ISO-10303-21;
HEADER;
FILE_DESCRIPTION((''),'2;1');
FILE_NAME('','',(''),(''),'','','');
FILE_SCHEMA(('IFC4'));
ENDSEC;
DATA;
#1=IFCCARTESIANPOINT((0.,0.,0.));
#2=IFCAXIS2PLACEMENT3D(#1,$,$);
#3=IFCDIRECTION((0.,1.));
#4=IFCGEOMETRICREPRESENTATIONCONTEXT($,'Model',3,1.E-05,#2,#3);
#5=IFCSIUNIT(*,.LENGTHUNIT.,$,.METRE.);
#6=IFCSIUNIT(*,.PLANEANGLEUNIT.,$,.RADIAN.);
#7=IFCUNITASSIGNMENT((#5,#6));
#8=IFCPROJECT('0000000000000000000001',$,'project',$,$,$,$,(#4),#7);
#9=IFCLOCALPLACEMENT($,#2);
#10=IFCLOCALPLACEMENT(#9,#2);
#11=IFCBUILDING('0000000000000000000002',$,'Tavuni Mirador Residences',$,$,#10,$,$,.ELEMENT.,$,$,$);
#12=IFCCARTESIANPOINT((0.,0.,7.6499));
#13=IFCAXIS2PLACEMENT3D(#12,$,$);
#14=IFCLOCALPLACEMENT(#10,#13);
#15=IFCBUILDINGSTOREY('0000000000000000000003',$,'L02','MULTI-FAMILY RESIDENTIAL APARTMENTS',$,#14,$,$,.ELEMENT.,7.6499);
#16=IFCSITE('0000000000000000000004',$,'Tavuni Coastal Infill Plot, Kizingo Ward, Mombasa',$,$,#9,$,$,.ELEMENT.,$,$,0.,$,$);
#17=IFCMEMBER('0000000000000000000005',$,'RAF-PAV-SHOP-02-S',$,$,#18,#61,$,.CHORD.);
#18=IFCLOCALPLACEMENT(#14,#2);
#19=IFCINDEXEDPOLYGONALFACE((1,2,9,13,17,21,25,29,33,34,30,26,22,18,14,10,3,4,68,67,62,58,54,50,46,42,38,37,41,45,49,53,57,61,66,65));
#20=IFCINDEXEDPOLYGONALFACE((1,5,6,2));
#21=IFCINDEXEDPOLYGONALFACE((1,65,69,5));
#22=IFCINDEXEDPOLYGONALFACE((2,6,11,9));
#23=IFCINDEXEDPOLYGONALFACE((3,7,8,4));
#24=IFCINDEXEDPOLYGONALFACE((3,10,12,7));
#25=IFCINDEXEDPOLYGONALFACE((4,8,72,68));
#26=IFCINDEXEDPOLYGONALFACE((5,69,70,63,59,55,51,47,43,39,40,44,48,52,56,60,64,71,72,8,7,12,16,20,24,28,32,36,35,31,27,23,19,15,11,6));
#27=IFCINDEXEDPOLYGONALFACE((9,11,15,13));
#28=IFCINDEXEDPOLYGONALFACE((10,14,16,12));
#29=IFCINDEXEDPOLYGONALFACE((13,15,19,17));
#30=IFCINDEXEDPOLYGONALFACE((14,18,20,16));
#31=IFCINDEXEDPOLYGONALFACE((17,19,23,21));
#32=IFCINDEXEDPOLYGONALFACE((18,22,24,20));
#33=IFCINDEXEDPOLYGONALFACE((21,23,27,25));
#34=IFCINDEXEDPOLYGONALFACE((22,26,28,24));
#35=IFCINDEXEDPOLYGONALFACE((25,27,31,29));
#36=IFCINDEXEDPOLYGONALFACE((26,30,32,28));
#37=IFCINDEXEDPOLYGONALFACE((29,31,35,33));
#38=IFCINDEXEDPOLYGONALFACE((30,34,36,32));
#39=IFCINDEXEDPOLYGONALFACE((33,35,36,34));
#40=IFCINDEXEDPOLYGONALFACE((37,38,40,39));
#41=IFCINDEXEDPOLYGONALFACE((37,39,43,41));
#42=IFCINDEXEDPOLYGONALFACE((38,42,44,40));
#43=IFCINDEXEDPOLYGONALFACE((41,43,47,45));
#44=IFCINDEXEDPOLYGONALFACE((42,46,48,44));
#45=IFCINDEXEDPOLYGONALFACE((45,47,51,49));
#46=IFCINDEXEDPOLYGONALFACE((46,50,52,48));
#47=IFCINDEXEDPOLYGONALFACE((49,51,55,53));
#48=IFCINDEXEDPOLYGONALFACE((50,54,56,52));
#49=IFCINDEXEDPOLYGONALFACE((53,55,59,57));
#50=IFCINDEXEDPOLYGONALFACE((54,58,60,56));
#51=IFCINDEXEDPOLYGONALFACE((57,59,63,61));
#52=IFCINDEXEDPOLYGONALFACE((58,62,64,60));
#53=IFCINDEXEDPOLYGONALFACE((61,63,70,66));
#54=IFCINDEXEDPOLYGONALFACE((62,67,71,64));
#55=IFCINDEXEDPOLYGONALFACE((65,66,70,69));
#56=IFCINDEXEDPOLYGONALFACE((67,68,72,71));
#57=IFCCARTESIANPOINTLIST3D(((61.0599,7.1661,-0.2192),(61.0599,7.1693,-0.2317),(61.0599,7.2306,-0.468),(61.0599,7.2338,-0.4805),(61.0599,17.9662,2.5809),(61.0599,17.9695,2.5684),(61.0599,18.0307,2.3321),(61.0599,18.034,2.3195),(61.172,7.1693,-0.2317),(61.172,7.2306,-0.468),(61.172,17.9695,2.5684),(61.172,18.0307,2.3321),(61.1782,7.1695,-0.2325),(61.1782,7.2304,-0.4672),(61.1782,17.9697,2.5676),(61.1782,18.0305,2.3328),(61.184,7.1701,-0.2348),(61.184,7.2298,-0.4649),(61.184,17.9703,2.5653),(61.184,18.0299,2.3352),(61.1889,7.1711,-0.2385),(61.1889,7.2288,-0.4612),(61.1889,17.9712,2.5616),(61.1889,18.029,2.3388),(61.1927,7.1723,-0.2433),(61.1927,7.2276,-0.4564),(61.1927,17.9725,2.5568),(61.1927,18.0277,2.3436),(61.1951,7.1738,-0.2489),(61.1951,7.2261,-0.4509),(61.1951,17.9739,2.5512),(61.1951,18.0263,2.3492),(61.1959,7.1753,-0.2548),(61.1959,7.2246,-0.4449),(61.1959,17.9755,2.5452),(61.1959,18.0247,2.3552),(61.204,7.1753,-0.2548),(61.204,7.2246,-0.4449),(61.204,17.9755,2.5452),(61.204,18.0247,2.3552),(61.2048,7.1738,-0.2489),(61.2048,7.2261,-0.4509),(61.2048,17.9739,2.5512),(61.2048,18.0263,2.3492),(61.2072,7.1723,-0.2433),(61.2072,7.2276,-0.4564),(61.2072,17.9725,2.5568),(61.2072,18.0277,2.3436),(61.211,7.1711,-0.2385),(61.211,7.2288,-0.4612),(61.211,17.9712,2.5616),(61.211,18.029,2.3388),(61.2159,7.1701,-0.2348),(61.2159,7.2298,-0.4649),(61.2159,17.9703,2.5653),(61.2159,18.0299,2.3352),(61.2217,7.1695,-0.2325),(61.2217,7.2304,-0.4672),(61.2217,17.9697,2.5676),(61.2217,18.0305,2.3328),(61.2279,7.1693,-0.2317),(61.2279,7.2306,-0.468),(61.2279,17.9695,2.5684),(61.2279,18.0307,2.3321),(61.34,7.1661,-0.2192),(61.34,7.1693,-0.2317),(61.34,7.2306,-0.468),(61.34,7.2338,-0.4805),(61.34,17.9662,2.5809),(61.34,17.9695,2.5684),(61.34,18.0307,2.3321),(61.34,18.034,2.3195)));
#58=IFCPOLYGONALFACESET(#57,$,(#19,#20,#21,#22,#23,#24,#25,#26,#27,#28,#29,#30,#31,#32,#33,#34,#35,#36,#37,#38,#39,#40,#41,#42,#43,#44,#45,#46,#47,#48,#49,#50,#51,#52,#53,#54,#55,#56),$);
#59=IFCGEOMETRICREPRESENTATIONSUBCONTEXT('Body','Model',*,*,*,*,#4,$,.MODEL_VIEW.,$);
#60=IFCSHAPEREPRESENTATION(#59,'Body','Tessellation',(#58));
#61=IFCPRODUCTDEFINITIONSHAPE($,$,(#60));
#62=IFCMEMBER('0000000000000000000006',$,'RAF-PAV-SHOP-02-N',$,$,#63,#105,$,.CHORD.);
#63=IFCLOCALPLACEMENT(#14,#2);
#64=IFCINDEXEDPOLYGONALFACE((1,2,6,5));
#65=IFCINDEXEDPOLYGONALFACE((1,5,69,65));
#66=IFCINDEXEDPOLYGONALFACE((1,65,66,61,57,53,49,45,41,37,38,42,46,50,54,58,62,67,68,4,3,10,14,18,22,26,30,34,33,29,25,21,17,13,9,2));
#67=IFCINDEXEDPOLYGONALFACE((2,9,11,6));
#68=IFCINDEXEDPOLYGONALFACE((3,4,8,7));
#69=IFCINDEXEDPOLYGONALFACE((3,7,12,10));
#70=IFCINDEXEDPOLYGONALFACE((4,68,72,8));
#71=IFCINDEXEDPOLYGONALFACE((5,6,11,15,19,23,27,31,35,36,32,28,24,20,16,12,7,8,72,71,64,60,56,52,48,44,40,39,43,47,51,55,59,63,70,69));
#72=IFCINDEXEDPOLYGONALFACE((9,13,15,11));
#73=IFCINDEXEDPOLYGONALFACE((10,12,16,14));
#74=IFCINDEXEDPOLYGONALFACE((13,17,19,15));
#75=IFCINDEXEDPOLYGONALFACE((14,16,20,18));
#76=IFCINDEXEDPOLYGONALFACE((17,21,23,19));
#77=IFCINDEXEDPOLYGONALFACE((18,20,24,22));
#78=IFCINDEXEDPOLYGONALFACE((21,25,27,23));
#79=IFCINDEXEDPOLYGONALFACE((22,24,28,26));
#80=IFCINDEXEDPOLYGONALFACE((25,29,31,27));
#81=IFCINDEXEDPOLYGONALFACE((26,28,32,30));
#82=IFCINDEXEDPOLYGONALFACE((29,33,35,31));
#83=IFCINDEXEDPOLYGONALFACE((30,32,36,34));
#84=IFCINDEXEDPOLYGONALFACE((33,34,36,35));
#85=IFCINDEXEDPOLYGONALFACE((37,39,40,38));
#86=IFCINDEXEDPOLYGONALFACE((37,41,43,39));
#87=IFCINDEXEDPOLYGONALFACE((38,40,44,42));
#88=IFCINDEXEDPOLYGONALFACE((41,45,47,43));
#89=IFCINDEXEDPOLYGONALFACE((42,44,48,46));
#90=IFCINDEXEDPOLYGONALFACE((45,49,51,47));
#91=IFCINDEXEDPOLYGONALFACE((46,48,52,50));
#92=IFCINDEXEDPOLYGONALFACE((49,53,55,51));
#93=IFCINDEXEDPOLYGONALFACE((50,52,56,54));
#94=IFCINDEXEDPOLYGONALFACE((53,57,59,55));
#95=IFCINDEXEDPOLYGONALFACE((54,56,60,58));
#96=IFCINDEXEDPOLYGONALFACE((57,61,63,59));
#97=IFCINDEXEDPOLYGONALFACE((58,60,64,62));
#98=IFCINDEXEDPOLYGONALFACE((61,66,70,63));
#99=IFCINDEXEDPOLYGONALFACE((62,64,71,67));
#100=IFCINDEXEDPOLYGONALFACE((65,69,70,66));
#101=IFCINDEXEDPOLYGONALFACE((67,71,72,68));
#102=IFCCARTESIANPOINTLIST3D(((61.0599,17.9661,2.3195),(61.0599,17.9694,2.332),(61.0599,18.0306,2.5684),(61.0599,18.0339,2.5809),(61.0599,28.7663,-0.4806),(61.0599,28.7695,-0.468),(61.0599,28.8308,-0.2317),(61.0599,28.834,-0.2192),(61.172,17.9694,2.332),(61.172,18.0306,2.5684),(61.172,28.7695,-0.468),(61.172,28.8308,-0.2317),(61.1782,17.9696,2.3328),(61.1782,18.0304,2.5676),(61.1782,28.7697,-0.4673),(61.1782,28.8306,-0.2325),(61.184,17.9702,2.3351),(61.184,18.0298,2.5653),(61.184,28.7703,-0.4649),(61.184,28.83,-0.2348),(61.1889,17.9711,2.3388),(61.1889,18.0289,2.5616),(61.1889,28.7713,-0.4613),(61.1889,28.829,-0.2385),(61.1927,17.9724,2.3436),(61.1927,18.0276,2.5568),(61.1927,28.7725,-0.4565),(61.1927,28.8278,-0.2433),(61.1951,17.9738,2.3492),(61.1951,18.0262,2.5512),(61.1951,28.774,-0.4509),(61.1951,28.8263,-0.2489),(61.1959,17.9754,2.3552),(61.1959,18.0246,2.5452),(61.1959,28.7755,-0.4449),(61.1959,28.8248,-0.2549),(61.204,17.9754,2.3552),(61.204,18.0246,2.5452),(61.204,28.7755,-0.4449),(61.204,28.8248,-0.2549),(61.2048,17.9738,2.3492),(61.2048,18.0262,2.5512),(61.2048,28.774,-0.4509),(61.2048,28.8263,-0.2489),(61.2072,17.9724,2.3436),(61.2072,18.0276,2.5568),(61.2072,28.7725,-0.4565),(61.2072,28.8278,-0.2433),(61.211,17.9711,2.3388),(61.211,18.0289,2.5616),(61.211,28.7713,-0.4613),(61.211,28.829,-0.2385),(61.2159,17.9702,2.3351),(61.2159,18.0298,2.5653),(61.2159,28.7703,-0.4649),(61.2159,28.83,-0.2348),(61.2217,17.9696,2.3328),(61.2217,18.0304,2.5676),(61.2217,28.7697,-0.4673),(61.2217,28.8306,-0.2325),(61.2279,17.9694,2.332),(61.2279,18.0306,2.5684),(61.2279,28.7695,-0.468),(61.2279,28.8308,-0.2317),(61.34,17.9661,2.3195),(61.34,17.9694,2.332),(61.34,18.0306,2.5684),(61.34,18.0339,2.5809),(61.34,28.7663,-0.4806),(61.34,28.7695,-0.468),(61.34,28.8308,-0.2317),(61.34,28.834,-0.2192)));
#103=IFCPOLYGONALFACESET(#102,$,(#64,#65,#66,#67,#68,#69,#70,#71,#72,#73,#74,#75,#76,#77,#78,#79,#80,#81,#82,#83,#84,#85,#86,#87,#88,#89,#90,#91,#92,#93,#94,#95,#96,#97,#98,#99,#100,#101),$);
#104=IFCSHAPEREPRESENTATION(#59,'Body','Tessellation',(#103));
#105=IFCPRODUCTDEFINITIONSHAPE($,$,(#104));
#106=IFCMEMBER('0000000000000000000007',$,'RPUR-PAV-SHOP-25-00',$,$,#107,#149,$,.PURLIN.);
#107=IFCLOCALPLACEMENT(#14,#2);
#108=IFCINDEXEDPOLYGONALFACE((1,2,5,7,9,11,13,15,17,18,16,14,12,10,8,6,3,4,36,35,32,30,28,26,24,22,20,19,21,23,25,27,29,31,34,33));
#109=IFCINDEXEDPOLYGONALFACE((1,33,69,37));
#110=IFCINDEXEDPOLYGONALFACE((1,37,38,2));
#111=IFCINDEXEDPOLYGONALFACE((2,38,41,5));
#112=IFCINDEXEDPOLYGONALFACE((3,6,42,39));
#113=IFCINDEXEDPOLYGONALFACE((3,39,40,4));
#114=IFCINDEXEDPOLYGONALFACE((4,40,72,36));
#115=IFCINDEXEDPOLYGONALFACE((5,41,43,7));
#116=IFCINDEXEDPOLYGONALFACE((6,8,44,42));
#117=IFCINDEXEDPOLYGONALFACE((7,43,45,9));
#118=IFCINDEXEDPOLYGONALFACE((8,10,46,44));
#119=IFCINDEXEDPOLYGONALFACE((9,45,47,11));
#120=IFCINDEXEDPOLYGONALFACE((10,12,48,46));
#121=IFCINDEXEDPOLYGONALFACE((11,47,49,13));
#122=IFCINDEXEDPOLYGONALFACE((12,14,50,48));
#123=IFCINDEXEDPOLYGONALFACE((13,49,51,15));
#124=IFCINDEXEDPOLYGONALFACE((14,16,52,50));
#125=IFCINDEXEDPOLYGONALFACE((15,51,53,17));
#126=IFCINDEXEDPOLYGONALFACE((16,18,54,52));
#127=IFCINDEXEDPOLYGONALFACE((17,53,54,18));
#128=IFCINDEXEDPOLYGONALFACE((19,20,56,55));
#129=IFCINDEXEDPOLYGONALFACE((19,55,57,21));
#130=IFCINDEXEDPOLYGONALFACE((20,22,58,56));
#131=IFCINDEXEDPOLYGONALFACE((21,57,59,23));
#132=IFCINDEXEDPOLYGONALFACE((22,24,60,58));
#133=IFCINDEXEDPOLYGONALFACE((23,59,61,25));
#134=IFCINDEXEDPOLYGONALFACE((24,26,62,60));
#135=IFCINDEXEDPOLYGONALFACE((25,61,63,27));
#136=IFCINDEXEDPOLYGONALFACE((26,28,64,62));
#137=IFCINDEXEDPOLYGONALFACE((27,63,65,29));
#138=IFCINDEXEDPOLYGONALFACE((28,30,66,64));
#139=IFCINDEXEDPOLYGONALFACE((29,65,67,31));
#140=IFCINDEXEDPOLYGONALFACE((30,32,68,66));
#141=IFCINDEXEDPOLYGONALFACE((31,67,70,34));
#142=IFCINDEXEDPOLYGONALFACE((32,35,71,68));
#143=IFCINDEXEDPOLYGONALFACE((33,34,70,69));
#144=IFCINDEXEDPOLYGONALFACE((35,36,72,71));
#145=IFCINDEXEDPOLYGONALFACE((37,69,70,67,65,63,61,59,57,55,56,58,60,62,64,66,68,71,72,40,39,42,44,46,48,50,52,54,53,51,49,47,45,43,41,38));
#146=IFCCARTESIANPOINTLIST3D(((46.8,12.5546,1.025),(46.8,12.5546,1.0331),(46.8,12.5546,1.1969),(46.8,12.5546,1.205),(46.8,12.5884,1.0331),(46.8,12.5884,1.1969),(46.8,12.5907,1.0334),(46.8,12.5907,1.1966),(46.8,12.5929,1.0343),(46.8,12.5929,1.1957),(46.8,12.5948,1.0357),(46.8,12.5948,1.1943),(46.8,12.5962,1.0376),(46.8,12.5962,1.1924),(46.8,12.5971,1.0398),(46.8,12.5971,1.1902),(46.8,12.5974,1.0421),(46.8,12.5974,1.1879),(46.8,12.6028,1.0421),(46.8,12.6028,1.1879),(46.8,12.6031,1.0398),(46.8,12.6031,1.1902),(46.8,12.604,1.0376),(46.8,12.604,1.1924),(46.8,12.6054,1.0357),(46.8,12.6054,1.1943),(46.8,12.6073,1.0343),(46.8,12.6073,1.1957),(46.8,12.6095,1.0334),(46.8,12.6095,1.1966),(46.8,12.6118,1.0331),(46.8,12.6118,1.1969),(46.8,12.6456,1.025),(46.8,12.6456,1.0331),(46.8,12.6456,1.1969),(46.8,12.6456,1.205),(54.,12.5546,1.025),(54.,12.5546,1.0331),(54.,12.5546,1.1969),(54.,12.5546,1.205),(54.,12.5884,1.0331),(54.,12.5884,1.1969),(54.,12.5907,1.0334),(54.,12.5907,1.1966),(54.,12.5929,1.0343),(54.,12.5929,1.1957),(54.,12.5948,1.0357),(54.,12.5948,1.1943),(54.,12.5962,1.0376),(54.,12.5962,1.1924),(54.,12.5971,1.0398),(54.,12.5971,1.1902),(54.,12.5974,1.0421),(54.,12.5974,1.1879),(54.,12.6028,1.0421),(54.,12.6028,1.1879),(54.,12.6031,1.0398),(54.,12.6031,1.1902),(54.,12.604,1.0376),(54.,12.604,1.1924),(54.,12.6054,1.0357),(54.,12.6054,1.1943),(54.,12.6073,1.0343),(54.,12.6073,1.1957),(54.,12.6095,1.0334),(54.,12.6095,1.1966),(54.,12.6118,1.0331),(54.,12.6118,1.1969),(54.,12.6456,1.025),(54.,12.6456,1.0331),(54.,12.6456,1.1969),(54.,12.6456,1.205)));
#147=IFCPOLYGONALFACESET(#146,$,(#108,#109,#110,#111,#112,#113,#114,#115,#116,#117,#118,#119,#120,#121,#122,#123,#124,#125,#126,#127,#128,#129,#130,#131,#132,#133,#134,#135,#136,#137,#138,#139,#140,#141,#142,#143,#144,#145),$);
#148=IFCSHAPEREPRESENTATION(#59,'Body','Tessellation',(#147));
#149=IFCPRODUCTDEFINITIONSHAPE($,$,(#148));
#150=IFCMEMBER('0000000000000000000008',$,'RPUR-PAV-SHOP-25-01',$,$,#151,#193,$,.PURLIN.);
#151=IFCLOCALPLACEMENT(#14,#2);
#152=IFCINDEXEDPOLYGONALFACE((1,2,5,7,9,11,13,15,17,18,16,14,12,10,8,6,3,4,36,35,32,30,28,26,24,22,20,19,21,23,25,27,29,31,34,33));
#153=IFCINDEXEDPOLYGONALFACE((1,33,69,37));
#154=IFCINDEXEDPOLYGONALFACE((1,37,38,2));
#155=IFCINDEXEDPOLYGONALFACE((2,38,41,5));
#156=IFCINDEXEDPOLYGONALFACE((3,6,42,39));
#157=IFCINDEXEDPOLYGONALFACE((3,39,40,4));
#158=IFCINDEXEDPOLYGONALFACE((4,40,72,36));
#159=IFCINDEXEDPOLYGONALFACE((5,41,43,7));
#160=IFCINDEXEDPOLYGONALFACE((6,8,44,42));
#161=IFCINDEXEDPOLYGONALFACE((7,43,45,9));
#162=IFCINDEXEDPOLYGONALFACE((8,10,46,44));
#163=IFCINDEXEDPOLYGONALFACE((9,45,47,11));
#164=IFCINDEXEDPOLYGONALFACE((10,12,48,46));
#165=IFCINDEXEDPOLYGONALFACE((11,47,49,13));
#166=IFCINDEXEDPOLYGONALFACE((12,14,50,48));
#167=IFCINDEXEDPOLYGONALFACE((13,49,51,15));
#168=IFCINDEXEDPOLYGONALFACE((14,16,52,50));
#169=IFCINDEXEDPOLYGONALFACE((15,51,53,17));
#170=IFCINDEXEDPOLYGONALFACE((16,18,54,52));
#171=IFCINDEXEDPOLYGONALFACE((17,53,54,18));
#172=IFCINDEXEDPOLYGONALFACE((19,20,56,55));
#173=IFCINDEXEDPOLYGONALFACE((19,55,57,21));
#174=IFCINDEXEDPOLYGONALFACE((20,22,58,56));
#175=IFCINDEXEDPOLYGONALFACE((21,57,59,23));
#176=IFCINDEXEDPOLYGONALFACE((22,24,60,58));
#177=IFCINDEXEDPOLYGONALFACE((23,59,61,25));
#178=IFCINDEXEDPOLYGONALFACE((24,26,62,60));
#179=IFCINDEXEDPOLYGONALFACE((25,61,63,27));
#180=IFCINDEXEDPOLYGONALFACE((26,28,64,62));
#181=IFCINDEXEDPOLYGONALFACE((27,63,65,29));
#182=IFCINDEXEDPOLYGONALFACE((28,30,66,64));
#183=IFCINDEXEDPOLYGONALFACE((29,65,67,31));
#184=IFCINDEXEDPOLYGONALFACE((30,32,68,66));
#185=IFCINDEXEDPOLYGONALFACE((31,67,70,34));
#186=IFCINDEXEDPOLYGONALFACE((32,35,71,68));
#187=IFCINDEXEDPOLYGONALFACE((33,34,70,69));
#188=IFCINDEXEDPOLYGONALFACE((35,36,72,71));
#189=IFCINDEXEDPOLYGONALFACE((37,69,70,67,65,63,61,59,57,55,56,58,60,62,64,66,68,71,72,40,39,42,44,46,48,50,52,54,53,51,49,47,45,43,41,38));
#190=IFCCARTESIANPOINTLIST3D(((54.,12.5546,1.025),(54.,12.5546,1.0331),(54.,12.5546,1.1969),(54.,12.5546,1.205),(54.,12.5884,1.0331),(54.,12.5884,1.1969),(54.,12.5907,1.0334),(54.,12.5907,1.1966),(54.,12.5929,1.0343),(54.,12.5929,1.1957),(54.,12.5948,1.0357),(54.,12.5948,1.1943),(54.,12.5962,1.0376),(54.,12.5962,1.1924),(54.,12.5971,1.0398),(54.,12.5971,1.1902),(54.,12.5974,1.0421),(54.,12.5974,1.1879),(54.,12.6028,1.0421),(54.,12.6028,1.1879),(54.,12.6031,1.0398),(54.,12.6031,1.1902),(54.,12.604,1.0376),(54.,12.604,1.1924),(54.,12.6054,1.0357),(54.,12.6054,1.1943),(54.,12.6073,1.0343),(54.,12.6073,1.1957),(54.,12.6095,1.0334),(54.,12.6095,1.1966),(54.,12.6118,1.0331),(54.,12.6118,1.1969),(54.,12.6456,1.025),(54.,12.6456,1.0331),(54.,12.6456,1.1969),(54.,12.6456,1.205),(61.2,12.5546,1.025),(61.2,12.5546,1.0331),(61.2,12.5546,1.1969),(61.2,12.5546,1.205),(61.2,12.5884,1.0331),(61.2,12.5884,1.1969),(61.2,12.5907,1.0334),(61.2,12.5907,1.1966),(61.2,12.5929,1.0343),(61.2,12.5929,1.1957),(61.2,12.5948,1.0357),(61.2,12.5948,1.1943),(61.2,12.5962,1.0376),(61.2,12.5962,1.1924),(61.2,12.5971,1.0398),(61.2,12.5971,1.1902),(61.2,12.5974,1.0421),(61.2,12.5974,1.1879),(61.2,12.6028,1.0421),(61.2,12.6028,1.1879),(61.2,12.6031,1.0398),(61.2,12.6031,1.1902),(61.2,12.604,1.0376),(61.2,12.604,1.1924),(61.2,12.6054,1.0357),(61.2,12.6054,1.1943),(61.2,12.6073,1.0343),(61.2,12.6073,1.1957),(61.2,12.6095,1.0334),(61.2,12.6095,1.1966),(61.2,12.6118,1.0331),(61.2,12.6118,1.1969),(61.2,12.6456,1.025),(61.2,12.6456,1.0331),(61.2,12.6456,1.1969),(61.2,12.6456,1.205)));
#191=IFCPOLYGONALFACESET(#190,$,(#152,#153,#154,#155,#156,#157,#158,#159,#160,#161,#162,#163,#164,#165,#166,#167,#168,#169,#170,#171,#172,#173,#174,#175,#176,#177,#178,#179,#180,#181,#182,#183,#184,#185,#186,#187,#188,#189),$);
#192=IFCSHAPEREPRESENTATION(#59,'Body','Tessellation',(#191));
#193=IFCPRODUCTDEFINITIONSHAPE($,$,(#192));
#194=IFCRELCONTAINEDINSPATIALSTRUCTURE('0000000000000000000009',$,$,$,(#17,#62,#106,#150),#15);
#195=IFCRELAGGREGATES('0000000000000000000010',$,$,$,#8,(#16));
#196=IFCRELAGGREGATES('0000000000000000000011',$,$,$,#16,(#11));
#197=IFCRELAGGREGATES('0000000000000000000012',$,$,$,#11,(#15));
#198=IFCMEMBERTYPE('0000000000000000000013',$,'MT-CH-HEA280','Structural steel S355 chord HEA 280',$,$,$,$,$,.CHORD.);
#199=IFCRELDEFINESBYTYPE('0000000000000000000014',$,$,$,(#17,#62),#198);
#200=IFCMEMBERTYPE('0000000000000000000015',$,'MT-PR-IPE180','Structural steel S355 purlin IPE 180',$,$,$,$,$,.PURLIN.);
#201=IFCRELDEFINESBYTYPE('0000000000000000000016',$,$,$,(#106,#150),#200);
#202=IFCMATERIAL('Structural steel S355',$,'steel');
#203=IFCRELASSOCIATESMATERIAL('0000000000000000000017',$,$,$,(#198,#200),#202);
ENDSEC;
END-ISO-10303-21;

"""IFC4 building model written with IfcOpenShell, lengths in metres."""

from ifc_helpers import new_model, si_unit, direction, frame, origin, origin_2d, place, context, subcontext, project, spatial, i_section, extrude, material, material_profile, profile_set, type_object, element, save


model = new_model("IFC4")

# Units and contexts
model_context = context("Model", 3, precision=1e-05, world=origin(), true_north=direction((0.0, 1.0)))
body_context = subcontext(model_context, "Body", "Model", "MODEL_VIEW")
ifc_project = project(units=[si_unit("LENGTHUNIT", "METRE"), si_unit("PLANEANGLEUNIT", "RADIAN")], contexts=[model_context])

# Site, building, storey
site_placement = place(None, origin())
site = spatial("IfcSite", under=ifc_project, at=site_placement, Name="Tavuni Coastal Infill Plot, Kizingo Ward, Mombasa", CompositionType="ELEMENT", RefElevation=0.0)
building_placement = place(site_placement, origin())
building = spatial("IfcBuilding", under=site, at=building_placement, Name="Tavuni Mirador Residences", CompositionType="ELEMENT")
storey_placement = place(building_placement, frame((0.0, 0.0, 7.6499)))
storey = spatial("IfcBuildingStorey", under=building, at=storey_placement, Name="L02", Description="MULTI-FAMILY RESIDENTIAL APARTMENTS", CompositionType="ELEMENT", Elevation=7.6499)

# Members
ifc_material_1 = material(Name="Structural steel S355", Category="steel")
ifc_material_profile_1 = material_profile(ifc_material_1, i_section(OverallWidth=0.28, OverallDepth=0.27, WebThickness=0.0081, FlangeThickness=0.0129, FilletRadius=0.0239, at=origin_2d()), Name="HEA 280", Category="steel")
ifc_profile_set_1 = profile_set([ifc_material_profile_1], Name="Structural steel S355")
member_type_1 = type_object("IfcMemberType", Name="MT-CH-HEA280", Description="Structural steel S355 chord HEA 280", PredefinedType="CHORD", material=ifc_profile_set_1)
for number, where, z_axis, x_axis, name in (
    (1, (61.2, 7.2, -0.3499), (0.0, 0.967996, 0.250965), (-1.0, 0.0, 0.0), "RAF-PAV-SHOP-02-S"),
    (2, (61.2, 18.0, 2.4502), (0.0, 0.967996, -0.250965), (-1.0, 0.0, 0.0), "RAF-PAV-SHOP-02-N"),
):
    element("IfcMember", number, at=place(storey_placement, frame(where, z_axis=z_axis, x_axis=x_axis)), inside=storey, type_object=member_type_1, Name=name, PredefinedType="CHORD", context=body_context, shape_type="SweptSolid", body=[
        extrude(i_section(OverallWidth=0.28, OverallDepth=0.27, WebThickness=0.0081, FlangeThickness=0.0129, FilletRadius=0.0239, at=origin_2d()), origin(), (0.0, 0.0, 1.0), 11.1572),
    ])
ifc_material_profile_2 = material_profile(ifc_material_1, i_section(OverallWidth=0.0911, OverallDepth=0.1799, WebThickness=0.0054, FlangeThickness=0.0081, FilletRadius=0.009, at=origin_2d()), Name="IPE 180", Category="steel")
ifc_profile_set_2 = profile_set([ifc_material_profile_2], Name="Structural steel S355")
member_type_2 = type_object("IfcMemberType", Name="MT-PR-IPE180", Description="Structural steel S355 purlin IPE 180", PredefinedType="PURLIN", material=ifc_profile_set_2)
for number, where, z_axis, x_axis, name in (
    (3, (46.8, 12.6001, 1.115), (1.0, 0.0, 0.0), (0.0, 1.0, 0.0), "RPUR-PAV-SHOP-25-00"),
    (4, (54.0, 12.6001, 1.115), (1.0, 0.0, 0.0), (0.0, 1.0, 0.0), "RPUR-PAV-SHOP-25-01"),
):
    element("IfcMember", number, at=place(storey_placement, frame(where, z_axis=z_axis, x_axis=x_axis)), inside=storey, type_object=member_type_2, Name=name, PredefinedType="PURLIN", context=body_context, shape_type="SweptSolid", body=[
        extrude(i_section(OverallWidth=0.0911, OverallDepth=0.1799, WebThickness=0.0054, FlangeThickness=0.0081, FilletRadius=0.009, at=origin_2d()), origin(), (0.0, 0.0, 1.0), 7.2),
    ])

save(model, "model.ifc")
